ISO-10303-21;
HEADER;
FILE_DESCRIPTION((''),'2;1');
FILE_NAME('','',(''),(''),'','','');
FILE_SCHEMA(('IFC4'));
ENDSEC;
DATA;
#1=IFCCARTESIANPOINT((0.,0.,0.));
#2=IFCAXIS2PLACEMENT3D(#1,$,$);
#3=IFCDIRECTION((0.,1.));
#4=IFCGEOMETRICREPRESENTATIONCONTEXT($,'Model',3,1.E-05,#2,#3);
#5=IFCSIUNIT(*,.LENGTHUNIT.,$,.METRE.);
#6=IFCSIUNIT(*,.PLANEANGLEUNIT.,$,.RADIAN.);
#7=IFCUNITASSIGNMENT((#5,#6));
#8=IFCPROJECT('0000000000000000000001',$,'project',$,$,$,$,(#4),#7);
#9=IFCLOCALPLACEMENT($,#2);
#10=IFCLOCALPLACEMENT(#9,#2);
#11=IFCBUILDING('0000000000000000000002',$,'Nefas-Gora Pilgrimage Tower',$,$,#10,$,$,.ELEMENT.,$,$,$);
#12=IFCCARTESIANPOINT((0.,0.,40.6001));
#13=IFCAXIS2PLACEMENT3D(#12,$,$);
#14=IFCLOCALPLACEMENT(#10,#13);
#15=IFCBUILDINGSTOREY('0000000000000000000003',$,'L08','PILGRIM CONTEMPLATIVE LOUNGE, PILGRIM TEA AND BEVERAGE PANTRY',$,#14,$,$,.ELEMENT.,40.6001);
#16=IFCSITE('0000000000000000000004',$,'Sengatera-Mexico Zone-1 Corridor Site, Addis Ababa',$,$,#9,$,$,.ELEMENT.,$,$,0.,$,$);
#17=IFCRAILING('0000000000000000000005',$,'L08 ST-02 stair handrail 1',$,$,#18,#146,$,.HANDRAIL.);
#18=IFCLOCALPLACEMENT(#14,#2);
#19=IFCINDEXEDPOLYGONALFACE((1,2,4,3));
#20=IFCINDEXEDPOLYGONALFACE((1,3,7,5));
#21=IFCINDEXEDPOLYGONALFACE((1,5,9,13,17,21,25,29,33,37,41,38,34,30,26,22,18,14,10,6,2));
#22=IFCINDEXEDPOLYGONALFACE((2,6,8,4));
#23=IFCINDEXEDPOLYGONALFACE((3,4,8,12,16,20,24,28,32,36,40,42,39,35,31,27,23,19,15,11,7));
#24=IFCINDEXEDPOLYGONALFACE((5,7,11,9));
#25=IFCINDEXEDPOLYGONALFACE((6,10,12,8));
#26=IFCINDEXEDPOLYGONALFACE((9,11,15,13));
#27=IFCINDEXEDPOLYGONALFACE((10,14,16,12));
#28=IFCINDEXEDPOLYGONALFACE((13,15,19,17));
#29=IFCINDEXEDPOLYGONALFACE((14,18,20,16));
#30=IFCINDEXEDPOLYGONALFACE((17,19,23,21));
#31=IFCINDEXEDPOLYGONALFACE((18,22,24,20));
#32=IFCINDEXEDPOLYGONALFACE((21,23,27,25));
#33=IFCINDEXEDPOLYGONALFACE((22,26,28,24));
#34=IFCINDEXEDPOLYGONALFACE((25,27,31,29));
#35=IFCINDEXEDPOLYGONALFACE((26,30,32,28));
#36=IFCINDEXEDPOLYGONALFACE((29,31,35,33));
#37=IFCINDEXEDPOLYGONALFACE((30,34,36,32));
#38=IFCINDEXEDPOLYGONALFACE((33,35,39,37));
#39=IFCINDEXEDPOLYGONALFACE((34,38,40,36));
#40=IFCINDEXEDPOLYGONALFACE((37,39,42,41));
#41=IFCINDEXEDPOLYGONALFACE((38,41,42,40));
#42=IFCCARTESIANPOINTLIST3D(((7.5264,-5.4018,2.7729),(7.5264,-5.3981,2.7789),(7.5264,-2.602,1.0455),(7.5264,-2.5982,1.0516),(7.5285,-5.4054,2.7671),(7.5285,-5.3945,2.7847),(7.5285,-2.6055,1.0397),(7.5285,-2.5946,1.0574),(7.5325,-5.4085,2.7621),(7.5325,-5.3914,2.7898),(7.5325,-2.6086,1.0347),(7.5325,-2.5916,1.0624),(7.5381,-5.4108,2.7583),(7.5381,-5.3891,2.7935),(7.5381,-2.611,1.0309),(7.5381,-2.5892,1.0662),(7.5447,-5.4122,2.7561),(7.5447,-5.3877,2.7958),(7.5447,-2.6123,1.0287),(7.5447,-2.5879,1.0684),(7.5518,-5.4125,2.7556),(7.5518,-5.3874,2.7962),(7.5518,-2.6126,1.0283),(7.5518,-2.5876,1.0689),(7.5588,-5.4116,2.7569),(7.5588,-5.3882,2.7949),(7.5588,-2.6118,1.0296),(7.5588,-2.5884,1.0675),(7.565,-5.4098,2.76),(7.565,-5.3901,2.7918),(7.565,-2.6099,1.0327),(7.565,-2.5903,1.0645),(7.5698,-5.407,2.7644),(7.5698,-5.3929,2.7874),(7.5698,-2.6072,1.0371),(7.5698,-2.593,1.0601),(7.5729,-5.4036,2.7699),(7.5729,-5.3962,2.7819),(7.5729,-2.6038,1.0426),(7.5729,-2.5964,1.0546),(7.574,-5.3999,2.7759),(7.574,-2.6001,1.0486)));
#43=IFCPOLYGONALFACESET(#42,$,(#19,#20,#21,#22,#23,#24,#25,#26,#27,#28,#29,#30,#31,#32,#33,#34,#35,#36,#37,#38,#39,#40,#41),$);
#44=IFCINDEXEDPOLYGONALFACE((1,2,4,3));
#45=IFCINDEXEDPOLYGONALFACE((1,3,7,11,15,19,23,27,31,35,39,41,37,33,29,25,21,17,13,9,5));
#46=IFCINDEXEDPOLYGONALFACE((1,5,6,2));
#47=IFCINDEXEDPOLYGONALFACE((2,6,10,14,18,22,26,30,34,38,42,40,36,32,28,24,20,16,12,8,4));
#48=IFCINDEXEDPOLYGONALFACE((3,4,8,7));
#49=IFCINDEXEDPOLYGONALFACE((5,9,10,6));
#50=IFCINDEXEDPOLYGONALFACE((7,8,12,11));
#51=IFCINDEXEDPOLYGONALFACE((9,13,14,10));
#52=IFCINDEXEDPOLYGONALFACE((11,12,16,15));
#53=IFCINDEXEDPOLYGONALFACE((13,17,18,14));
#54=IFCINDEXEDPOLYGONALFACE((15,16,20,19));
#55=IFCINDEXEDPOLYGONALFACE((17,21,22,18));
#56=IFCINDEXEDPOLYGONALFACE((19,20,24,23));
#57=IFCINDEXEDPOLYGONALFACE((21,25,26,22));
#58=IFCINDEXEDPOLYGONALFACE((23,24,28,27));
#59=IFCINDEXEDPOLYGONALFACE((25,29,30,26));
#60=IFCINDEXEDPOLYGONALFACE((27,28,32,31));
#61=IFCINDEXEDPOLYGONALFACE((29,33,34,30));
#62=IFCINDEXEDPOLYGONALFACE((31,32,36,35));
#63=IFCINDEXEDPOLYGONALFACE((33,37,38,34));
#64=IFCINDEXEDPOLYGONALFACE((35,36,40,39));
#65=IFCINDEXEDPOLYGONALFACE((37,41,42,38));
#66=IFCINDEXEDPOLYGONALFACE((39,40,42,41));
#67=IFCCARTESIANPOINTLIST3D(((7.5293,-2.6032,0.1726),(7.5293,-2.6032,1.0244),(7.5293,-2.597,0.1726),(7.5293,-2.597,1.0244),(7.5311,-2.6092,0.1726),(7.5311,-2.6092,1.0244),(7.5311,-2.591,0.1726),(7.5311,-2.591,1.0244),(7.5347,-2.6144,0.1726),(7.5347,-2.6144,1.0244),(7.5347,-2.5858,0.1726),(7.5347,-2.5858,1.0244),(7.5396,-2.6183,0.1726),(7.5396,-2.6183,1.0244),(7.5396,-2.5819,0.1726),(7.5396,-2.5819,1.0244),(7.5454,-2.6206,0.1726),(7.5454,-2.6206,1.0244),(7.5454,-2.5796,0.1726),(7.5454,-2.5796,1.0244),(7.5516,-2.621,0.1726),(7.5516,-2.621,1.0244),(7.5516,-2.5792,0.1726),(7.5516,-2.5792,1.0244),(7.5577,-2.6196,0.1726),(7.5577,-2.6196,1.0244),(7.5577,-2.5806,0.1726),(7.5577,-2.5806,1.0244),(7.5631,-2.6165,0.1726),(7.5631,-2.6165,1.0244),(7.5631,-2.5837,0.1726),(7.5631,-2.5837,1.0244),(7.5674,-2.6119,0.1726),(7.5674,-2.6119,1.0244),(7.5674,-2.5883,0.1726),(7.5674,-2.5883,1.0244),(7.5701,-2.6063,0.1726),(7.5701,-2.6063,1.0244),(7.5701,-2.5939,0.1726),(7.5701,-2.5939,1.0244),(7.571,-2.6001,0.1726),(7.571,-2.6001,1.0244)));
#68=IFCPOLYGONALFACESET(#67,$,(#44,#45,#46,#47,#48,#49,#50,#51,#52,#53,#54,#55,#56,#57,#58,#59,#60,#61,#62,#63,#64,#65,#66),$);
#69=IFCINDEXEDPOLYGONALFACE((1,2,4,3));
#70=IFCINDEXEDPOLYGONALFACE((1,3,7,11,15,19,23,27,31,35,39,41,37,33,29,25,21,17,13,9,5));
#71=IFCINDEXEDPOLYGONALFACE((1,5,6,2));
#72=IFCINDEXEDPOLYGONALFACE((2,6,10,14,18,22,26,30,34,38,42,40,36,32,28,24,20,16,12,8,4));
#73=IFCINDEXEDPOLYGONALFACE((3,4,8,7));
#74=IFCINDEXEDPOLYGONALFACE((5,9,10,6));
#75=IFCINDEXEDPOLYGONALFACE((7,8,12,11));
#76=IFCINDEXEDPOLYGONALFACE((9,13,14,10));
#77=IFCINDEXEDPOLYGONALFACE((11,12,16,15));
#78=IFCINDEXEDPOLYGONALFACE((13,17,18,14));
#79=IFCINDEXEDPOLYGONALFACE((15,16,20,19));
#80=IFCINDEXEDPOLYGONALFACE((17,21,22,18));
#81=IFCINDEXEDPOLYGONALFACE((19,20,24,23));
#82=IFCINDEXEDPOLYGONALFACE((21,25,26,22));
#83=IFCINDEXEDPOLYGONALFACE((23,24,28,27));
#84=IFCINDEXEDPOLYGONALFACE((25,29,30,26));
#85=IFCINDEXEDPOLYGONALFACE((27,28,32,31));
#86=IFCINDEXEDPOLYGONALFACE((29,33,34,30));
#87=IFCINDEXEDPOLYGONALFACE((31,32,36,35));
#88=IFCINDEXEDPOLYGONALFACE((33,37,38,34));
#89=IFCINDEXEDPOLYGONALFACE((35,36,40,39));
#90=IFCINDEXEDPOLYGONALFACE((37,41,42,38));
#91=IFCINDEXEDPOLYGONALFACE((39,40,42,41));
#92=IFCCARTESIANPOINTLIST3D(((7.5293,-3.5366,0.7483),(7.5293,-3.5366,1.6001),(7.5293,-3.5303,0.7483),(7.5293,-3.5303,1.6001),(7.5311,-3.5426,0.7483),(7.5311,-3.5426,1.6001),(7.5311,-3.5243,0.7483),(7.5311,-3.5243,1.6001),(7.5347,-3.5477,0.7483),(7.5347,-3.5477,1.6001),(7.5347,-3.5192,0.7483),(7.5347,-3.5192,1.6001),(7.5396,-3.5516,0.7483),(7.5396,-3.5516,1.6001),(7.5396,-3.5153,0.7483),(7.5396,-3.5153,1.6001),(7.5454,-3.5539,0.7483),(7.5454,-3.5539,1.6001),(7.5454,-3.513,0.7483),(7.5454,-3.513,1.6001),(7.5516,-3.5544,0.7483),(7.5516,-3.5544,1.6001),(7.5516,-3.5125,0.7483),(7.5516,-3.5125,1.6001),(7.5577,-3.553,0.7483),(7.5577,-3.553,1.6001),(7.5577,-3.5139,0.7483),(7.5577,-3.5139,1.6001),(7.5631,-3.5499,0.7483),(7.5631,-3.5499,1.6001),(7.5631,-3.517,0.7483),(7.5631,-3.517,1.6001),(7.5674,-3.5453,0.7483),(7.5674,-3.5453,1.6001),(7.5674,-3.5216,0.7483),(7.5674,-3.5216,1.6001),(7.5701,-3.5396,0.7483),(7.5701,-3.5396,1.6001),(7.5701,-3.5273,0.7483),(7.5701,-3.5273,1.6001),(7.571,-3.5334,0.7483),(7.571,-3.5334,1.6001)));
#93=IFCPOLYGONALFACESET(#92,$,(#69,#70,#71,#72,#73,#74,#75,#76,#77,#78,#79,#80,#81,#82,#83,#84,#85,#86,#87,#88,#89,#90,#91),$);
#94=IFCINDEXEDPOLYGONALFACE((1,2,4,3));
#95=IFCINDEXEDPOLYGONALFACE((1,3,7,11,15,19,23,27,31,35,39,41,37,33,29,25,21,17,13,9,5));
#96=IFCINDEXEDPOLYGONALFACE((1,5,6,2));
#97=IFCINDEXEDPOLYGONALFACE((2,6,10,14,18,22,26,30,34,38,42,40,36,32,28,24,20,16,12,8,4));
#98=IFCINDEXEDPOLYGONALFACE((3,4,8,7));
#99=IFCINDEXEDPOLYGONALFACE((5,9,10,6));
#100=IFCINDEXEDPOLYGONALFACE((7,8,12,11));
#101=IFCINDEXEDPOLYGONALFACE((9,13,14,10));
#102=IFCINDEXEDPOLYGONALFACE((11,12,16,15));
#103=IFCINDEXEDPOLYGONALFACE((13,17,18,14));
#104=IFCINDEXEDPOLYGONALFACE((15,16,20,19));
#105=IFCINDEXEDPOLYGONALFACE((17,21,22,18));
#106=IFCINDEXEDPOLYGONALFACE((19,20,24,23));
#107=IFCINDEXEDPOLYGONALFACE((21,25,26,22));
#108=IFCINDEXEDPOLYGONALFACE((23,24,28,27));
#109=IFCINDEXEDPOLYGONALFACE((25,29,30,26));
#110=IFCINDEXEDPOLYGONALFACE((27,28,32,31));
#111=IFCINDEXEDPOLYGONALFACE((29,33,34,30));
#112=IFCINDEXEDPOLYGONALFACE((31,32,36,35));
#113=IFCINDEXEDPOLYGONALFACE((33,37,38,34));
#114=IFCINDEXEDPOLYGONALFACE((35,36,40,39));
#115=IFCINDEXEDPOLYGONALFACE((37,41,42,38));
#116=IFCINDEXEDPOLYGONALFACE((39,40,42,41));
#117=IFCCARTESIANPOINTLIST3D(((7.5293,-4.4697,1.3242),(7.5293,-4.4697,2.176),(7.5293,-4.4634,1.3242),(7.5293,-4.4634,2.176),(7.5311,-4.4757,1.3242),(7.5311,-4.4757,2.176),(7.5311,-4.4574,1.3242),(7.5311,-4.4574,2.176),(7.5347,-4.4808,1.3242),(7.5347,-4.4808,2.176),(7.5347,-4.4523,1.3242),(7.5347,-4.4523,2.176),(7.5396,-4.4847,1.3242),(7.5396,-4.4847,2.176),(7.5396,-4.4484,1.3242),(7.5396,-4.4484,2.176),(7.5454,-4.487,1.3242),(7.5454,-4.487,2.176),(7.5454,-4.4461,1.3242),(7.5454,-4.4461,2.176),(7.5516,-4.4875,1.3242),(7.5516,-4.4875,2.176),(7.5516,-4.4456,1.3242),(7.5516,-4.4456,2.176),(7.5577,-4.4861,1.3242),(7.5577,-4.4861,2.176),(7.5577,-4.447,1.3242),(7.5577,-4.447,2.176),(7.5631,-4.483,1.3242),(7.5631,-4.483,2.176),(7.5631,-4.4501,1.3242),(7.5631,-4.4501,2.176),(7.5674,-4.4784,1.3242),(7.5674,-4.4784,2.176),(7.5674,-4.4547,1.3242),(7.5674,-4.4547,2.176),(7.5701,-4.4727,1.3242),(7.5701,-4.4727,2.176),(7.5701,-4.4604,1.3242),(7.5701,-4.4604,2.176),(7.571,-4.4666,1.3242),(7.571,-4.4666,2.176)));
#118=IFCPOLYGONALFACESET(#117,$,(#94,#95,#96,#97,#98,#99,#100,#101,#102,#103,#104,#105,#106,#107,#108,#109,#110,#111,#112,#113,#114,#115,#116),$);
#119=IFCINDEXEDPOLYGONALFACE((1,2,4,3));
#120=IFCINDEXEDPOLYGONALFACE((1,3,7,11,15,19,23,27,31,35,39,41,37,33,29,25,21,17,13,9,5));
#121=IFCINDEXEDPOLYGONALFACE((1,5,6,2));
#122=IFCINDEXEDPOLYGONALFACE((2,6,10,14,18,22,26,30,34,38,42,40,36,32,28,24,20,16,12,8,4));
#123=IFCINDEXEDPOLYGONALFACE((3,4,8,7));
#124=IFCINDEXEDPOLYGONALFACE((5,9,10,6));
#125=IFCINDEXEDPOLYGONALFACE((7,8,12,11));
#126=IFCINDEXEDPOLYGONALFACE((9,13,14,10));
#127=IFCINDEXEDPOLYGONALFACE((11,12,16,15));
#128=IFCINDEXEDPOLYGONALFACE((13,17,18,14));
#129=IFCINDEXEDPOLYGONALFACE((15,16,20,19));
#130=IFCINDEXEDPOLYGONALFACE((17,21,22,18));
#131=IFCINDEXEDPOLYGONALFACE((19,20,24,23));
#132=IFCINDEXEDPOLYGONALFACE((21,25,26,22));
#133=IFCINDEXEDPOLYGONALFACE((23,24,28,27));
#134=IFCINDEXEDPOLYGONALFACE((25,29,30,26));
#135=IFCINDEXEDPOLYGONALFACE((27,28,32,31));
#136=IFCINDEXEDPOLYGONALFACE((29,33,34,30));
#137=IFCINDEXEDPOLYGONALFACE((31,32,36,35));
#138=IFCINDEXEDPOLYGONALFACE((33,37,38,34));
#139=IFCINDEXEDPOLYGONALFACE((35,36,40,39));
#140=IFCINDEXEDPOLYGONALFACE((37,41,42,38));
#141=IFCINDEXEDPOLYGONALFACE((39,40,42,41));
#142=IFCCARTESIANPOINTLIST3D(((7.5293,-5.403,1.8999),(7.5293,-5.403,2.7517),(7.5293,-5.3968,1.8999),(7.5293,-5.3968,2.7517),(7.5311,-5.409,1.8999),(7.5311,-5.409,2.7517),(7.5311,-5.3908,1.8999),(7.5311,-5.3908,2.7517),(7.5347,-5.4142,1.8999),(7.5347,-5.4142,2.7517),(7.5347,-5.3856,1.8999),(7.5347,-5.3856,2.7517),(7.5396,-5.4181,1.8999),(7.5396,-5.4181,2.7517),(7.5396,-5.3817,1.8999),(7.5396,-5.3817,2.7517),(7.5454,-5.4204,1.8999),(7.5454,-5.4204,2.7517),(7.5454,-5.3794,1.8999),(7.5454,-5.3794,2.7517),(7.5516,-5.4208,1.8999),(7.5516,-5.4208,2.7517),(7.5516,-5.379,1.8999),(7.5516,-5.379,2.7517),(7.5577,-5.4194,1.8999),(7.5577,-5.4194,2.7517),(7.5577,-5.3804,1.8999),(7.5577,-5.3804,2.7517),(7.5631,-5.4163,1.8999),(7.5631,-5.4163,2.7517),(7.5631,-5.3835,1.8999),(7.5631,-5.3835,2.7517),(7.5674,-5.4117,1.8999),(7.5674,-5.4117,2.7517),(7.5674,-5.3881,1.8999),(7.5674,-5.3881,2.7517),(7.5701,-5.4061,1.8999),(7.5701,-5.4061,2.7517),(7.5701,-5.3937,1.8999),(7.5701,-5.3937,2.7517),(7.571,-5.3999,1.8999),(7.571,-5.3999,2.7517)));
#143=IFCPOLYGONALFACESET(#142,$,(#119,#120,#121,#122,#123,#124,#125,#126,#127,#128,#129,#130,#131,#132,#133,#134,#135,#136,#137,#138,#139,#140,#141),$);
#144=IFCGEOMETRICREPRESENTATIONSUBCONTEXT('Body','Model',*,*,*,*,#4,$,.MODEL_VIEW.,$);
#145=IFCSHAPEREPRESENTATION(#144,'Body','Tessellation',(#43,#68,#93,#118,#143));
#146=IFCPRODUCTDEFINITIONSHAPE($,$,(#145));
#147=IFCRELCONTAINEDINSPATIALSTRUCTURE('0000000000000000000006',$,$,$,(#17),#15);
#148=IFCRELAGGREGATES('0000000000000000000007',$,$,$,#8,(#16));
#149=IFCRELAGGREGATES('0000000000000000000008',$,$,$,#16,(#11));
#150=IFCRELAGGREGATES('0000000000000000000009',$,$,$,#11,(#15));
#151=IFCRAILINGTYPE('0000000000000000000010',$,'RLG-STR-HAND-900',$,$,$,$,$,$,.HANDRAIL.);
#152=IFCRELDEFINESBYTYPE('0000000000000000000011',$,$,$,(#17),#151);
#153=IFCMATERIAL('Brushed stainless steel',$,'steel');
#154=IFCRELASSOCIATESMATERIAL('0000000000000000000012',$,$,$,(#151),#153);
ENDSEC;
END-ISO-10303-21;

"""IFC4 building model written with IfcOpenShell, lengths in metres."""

from ifc_helpers import new_model, si_unit, direction, frame, origin, origin_2d, place, context, subcontext, project, spatial, circle, extrude, material, type_object, element, save


model = new_model("IFC4")

# Units and contexts
model_context = context("Model", 3, precision=1e-05, world=origin(), true_north=direction((0.0, 1.0)))
body_context = subcontext(model_context, "Body", "Model", "MODEL_VIEW")
ifc_project = project(units=[si_unit("LENGTHUNIT", "METRE"), si_unit("PLANEANGLEUNIT", "RADIAN")], contexts=[model_context])

# Site, building, storey
site_placement = place(None, origin())
site = spatial("IfcSite", under=ifc_project, at=site_placement, Name="Sengatera-Mexico Zone-1 Corridor Site, Addis Ababa", CompositionType="ELEMENT", RefElevation=0.0)
building_placement = place(site_placement, origin())
building = spatial("IfcBuilding", under=site, at=building_placement, Name="Nefas-Gora Pilgrimage Tower", CompositionType="ELEMENT")
storey_placement = place(building_placement, frame((0.0, 0.0, 40.6001)))
storey = spatial("IfcBuildingStorey", under=building, at=storey_placement, Name="L08", Description="PILGRIM CONTEMPLATIVE LOUNGE, PILGRIM TEA AND BEVERAGE PANTRY", CompositionType="ELEMENT", Elevation=40.6001)

# Railing
ifc_material_1 = material(Name="Brushed stainless steel", Category="steel")
railing_type_1 = type_object("IfcRailingType", Name="RLG-STR-HAND-900", PredefinedType="HANDRAIL", material=ifc_material_1)
railing_1_placement = place(storey_placement, frame((7.55, -2.6001, 0.1726)))
element("IfcRailing", 1, at=railing_1_placement, inside=storey, type_object=railing_type_1, Name="L08 ST-02 stair handrail 1", PredefinedType="HANDRAIL", context=body_context, shape_type="SweptSolid", body=[
    extrude(circle(Radius=0.0239, at=origin_2d()), frame((0.0, 0.0, 0.876), z_axis=(0.0, -0.851069, 0.525054), x_axis=(1.0, 0.0, 0.0)), (0.0, 0.0, 1.0), 3.2898),
    extrude(circle(Radius=0.021, at=origin_2d()), origin(), (0.0, 0.0, 1.0), 0.8518),
    extrude(circle(Radius=0.021, at=origin_2d()), frame((0.0, -0.9333, 0.5757)), (0.0, 0.0, 1.0), 0.8518),
    extrude(circle(Radius=0.021, at=origin_2d()), frame((0.0, -1.8665, 1.1516)), (0.0, 0.0, 1.0), 0.8518),
    extrude(circle(Radius=0.021, at=origin_2d()), frame((0.0, -2.7998, 1.7273)), (0.0, 0.0, 1.0), 0.8518),
])

save(model, "model.ifc")
